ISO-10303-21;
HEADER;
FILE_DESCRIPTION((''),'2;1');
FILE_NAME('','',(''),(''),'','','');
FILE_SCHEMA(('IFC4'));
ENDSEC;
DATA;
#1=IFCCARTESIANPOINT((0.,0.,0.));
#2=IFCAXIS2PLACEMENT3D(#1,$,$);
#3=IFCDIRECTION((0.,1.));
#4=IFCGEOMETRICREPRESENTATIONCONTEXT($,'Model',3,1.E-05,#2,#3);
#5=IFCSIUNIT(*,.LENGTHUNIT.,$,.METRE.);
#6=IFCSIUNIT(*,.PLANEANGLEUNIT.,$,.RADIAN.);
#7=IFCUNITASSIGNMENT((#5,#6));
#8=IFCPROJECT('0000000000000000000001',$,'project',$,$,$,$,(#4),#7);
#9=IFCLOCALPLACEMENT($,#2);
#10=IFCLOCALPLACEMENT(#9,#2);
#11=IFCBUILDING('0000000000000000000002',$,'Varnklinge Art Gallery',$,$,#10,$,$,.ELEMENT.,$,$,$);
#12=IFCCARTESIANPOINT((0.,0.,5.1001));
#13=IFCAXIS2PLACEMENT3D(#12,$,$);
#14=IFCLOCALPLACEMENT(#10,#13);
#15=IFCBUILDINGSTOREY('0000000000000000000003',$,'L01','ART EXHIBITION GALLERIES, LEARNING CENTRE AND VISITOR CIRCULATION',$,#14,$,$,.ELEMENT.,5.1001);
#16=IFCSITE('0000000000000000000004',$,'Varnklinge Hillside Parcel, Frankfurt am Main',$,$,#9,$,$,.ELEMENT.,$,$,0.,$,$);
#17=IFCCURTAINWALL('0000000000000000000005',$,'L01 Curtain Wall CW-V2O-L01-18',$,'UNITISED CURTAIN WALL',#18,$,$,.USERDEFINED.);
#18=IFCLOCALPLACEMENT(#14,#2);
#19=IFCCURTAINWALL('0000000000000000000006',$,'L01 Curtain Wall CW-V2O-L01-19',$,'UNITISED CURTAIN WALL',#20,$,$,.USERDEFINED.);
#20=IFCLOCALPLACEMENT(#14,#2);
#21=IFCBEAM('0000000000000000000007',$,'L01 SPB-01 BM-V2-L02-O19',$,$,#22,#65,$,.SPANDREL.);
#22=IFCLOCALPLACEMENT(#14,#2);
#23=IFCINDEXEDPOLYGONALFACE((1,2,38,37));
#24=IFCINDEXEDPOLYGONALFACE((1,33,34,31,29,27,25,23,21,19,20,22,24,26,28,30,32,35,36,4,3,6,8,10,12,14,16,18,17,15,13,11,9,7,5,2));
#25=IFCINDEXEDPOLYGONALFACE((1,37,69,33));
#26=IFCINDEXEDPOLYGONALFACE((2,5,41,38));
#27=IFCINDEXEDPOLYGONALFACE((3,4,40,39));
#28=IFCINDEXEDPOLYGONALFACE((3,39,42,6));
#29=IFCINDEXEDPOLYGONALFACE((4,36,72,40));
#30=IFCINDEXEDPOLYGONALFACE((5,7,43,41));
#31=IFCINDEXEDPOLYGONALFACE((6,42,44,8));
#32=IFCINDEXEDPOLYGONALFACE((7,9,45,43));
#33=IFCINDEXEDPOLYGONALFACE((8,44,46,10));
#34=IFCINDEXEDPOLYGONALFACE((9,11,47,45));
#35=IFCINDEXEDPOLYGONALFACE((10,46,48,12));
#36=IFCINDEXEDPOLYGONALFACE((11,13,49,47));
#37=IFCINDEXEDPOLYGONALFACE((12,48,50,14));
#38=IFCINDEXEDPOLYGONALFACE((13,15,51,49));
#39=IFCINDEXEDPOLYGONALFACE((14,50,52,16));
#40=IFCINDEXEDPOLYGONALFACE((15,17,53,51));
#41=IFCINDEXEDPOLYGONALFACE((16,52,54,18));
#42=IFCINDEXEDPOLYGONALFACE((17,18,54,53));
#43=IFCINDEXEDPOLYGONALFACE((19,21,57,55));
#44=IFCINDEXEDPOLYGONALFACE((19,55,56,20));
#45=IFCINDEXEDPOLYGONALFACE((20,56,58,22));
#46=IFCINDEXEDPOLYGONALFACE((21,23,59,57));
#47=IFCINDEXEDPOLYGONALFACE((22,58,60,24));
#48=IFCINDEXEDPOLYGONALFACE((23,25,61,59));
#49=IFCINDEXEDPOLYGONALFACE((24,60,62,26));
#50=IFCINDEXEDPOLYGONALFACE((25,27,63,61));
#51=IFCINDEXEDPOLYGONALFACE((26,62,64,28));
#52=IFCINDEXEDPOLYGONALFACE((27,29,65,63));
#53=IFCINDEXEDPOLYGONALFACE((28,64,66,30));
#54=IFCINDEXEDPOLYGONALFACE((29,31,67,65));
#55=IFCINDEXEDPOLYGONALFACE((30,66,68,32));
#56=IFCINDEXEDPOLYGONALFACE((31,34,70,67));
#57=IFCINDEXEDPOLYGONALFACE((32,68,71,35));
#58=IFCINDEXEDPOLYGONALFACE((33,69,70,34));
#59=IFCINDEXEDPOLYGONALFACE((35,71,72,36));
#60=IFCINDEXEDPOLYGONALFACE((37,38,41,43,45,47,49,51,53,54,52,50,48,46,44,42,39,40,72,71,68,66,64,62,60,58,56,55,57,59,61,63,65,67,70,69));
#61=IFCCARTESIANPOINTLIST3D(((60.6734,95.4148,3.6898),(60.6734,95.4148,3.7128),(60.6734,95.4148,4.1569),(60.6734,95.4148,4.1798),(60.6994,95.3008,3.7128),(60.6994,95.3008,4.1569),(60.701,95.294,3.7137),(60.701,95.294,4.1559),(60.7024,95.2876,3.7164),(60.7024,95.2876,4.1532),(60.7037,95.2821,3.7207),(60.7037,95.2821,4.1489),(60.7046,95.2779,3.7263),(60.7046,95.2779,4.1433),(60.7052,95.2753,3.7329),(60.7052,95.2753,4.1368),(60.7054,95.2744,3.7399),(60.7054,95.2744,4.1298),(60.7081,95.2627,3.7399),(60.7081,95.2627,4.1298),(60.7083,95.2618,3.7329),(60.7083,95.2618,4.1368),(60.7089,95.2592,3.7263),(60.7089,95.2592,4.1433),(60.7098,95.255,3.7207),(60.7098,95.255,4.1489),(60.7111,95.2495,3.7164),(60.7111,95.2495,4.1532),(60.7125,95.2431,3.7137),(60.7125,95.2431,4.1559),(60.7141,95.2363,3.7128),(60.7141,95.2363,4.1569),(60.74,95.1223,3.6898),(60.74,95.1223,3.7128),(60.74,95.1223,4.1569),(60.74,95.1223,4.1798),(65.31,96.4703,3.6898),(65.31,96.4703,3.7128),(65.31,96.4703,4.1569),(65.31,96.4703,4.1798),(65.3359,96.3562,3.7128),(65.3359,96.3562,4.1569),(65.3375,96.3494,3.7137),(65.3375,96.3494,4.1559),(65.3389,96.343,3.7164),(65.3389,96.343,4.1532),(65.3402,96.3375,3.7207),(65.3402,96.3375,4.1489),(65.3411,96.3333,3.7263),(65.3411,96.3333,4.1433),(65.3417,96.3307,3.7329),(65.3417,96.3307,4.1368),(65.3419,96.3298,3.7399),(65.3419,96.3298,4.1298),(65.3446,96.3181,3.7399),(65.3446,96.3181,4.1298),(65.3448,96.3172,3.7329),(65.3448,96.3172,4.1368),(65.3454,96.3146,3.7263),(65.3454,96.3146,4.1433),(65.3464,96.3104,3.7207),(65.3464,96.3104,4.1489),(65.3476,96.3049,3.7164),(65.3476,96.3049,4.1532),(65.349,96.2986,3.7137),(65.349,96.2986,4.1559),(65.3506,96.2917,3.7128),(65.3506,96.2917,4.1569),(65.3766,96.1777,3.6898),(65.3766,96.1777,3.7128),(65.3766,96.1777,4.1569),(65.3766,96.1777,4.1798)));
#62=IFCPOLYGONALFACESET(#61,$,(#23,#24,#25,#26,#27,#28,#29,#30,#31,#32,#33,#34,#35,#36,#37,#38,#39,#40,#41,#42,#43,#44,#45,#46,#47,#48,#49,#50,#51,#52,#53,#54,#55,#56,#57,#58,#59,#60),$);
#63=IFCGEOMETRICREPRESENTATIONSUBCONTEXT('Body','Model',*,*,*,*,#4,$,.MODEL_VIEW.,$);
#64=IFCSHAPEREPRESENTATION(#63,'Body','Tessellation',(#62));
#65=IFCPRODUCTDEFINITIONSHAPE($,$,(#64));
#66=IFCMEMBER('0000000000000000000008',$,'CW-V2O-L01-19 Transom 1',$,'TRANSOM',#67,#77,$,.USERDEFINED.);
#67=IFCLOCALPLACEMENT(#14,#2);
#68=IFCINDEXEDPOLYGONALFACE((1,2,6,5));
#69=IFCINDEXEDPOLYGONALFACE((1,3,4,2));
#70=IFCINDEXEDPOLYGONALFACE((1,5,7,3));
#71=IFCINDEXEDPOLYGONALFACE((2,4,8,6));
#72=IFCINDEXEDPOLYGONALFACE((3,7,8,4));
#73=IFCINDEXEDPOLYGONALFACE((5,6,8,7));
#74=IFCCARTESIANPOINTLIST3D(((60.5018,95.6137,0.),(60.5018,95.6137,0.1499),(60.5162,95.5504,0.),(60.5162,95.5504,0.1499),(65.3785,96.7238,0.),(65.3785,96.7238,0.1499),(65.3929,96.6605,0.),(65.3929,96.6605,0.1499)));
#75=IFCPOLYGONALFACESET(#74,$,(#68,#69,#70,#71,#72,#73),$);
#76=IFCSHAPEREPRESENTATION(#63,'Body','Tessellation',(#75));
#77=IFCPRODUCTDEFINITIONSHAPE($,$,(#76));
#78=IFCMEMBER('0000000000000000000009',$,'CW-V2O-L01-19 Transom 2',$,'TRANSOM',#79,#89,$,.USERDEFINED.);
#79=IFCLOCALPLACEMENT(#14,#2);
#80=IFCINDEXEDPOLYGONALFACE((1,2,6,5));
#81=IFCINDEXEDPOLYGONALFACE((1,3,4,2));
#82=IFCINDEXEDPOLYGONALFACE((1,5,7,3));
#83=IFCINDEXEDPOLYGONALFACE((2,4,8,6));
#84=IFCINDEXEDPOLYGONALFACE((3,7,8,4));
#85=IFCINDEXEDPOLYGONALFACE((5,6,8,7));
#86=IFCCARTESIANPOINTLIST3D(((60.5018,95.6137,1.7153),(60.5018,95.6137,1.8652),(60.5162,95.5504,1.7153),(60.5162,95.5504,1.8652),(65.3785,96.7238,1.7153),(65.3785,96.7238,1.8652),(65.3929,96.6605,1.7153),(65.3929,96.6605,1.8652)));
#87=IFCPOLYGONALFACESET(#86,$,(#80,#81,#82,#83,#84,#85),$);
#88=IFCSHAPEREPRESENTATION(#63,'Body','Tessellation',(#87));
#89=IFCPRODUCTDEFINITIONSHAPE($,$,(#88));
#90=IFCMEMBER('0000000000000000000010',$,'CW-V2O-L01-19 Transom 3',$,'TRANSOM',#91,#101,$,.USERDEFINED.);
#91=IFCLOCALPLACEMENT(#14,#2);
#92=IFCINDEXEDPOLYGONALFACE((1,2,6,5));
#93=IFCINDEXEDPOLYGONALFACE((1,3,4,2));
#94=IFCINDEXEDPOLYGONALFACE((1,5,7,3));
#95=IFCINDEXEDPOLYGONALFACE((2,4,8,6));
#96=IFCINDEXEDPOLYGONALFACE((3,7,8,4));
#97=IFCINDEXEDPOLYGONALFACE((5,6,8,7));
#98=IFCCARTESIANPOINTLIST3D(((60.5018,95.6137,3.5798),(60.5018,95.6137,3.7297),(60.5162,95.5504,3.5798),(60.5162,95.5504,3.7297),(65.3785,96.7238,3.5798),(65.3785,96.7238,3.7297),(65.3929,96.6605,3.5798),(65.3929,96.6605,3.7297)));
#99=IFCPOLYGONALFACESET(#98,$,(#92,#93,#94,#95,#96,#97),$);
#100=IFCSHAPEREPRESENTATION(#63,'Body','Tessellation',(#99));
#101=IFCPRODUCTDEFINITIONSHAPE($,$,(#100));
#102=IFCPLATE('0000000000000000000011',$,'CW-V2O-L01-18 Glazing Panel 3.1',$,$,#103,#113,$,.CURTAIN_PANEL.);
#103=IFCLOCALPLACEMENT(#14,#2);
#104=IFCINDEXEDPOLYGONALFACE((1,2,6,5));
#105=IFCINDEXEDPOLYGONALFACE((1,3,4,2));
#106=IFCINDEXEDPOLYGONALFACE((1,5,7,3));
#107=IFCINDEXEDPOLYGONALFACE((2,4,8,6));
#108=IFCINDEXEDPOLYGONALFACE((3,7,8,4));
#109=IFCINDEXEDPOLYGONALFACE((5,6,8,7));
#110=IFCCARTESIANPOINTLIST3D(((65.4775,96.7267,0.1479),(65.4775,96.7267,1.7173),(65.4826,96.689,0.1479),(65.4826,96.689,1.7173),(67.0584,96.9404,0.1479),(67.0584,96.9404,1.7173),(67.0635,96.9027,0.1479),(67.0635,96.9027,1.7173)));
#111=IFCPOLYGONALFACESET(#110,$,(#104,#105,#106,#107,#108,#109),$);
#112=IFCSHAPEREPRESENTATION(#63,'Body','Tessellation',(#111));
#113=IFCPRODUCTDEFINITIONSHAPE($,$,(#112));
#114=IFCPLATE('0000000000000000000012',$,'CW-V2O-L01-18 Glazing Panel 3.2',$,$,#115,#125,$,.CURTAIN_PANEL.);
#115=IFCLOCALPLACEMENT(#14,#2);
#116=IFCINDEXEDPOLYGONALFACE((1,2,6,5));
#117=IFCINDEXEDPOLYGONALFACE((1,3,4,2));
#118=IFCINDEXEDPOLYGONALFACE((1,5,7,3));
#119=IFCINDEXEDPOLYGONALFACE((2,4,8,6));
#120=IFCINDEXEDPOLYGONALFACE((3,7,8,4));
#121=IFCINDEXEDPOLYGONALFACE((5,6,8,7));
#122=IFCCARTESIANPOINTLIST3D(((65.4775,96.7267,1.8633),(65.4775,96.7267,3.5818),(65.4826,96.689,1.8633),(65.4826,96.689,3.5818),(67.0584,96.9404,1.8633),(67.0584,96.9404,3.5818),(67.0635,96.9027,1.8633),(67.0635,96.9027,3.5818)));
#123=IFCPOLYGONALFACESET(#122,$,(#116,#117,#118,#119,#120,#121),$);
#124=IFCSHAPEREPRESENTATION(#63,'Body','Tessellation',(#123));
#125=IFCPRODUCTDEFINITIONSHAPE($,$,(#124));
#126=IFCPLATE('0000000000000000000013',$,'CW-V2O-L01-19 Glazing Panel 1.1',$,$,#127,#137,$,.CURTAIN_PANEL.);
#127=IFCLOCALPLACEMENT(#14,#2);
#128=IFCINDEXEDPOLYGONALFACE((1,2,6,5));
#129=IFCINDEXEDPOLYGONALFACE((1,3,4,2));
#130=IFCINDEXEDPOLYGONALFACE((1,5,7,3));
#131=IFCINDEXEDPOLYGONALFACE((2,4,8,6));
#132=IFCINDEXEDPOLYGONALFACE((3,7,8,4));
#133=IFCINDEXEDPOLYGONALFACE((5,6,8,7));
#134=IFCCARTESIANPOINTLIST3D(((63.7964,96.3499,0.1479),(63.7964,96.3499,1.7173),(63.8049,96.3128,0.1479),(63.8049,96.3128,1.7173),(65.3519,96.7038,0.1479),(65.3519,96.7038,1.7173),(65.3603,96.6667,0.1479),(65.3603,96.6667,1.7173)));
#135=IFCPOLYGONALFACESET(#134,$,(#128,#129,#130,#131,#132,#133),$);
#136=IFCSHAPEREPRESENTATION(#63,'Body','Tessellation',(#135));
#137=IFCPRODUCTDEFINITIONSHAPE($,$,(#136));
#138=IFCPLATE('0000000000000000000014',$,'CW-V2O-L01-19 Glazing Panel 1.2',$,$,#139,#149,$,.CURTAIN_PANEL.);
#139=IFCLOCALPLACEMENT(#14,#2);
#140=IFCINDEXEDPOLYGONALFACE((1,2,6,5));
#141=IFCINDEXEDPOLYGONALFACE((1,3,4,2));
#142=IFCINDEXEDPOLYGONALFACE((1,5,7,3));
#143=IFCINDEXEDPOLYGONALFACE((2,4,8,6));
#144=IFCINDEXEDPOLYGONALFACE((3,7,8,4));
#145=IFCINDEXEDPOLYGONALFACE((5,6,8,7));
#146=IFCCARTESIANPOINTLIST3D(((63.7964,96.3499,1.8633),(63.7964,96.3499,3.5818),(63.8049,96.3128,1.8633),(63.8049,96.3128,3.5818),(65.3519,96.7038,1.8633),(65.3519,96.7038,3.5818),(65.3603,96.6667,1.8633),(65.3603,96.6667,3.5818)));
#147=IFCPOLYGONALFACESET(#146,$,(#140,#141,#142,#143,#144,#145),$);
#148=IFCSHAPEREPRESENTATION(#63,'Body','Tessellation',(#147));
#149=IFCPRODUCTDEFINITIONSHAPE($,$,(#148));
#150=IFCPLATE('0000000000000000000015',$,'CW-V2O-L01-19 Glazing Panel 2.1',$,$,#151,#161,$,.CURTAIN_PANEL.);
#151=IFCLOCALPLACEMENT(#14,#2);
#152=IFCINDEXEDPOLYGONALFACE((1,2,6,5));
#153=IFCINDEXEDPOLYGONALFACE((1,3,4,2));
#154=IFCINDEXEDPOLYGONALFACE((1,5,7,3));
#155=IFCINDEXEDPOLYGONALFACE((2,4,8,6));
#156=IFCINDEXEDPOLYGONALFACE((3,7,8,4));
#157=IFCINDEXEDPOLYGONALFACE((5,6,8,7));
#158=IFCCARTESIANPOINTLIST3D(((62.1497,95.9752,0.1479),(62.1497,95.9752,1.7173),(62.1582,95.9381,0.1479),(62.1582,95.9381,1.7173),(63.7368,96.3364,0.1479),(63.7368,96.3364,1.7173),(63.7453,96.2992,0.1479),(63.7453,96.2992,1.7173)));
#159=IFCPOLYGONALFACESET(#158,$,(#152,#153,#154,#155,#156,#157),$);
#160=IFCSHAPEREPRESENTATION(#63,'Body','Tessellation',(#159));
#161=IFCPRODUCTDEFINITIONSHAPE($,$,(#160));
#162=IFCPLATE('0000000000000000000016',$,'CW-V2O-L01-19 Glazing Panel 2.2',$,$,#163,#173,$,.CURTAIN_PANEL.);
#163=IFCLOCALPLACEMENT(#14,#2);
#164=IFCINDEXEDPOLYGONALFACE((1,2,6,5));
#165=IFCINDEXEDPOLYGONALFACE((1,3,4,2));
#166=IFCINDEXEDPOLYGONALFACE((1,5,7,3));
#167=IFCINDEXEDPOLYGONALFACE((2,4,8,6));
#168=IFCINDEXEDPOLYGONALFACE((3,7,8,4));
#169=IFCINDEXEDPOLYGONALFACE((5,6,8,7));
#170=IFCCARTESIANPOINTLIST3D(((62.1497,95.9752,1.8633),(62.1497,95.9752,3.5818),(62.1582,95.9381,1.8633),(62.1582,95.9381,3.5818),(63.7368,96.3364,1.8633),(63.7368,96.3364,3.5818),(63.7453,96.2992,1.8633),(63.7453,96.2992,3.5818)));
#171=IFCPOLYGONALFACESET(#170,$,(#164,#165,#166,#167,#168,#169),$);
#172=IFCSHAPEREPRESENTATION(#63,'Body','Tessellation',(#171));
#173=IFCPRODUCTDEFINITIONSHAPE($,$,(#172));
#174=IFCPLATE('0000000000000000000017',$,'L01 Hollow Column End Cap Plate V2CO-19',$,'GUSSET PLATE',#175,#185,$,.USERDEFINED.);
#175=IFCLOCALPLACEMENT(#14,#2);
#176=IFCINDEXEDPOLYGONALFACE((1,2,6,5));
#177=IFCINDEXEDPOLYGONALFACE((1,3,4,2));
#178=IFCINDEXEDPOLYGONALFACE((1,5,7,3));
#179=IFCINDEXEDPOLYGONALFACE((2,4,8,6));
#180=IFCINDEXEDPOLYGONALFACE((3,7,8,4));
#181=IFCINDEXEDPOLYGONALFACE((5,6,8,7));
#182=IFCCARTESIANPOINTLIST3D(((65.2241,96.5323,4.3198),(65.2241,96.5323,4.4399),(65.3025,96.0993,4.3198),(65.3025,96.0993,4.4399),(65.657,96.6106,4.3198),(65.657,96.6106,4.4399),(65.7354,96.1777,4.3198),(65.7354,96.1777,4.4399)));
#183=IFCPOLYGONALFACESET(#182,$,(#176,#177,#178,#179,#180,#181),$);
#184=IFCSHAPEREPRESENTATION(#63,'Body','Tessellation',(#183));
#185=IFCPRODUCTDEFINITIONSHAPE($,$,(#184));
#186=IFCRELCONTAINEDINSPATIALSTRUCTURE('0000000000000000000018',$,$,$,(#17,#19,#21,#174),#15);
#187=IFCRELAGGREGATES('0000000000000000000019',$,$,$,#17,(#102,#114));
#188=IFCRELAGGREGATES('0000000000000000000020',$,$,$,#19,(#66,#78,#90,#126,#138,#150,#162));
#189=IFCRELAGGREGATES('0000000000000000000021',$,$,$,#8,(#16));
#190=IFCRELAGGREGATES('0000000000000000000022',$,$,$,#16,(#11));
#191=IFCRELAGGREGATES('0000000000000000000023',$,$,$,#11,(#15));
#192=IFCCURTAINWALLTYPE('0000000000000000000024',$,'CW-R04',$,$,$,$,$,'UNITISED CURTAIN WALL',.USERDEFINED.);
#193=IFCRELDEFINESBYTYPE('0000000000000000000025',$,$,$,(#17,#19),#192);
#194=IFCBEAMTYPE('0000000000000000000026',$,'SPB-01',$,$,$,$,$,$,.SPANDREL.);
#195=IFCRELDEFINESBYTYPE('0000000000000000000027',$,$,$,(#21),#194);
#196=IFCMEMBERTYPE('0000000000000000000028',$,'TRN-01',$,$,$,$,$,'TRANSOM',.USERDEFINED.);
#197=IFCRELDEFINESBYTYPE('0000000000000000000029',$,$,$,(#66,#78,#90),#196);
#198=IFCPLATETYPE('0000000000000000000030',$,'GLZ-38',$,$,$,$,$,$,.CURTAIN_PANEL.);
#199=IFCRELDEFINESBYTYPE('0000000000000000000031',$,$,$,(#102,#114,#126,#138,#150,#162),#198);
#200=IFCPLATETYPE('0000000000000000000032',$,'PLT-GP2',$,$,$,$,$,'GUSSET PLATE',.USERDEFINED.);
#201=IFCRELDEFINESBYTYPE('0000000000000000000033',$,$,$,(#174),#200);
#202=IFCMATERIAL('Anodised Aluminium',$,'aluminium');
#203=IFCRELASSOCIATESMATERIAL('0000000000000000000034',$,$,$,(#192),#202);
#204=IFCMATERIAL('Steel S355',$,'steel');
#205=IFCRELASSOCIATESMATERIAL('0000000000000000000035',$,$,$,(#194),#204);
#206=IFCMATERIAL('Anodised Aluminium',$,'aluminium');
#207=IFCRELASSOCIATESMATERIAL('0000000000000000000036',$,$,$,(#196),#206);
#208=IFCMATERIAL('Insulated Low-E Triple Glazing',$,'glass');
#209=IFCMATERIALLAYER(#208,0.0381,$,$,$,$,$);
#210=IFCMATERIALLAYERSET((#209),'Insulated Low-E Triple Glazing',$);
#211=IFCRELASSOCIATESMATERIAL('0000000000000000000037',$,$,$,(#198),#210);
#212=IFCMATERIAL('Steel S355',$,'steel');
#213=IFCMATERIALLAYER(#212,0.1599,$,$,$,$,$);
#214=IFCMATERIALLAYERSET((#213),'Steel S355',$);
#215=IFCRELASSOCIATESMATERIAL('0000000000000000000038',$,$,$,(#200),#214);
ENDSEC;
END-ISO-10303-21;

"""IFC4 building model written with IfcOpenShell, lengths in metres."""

from ifc_helpers import new_model, si_unit, direction, frame, origin, origin_2d, place, context, subcontext, project, spatial, rectangle, i_section, extrude, material, layer, layer_set, material_profile, profile_set, type_object, element, aggregate, save


model = new_model("IFC4")

# Units and contexts
model_context = context("Model", 3, precision=1e-05, world=origin(), true_north=direction((0.0, 1.0)))
body_context = subcontext(model_context, "Body", "Model", "MODEL_VIEW")
ifc_project = project(units=[si_unit("LENGTHUNIT", "METRE"), si_unit("PLANEANGLEUNIT", "RADIAN")], contexts=[model_context])

# Site, building, storey
site_placement = place(None, origin())
site = spatial("IfcSite", under=ifc_project, at=site_placement, Name="Varnklinge Hillside Parcel, Frankfurt am Main", CompositionType="ELEMENT", RefElevation=0.0)
building_placement = place(site_placement, origin())
building = spatial("IfcBuilding", under=site, at=building_placement, Name="Varnklinge Art Gallery", CompositionType="ELEMENT")
storey_placement = place(building_placement, frame((0.0, 0.0, 5.1001)))
storey = spatial("IfcBuildingStorey", under=building, at=storey_placement, Name="L01", Description="ART EXHIBITION GALLERIES, LEARNING CENTRE AND VISITOR CIRCULATION", CompositionType="ELEMENT", Elevation=5.1001)

# Curtain wall
ifc_material_1 = material(Name="Anodised Aluminium", Category="aluminium")
curtain_wall_type = type_object("IfcCurtainWallType", Name="CW-R04", ElementType="UNITISED CURTAIN WALL", PredefinedType="USERDEFINED", material=ifc_material_1)
curtain_wall_1_placement = place(storey_placement, origin())
curtain_wall_1 = element("IfcCurtainWall", 1, at=curtain_wall_1_placement, inside=storey, type_object=curtain_wall_type, Name="L01 Curtain Wall CW-V2O-L01-18", ObjectType="UNITISED CURTAIN WALL", PredefinedType="USERDEFINED")

# Curtain wall
curtain_wall_2_placement = place(storey_placement, origin())
curtain_wall_2 = element("IfcCurtainWall", 2, at=curtain_wall_2_placement, inside=storey, type_object=curtain_wall_type, Name="L01 Curtain Wall CW-V2O-L01-19", ObjectType="UNITISED CURTAIN WALL", PredefinedType="USERDEFINED")

# Beam
ifc_material_2 = material(Name="Steel S355", Category="steel")
ifc_material_profile_1 = material_profile(ifc_material_2, i_section(OverallWidth=0.3, OverallDepth=0.49, WebThickness=0.012, FlangeThickness=0.0229, FilletRadius=0.0271, at=origin_2d()), Name="HEA 500")
ifc_profile_set_1 = profile_set([ifc_material_profile_1], Name="Steel S355")
beam_type_1 = type_object("IfcBeamType", Name="SPB-01", PredefinedType="SPANDREL", material=ifc_profile_set_1)
beam_1_placement = place(storey_placement, frame((65.3433, 96.324, 3.9348), z_axis=(-0.975057, -0.221956, 0.0), x_axis=(0.221956, -0.975057, 0.0)))
element("IfcBeam", 3, at=beam_1_placement, inside=storey, type_object=beam_type_1, Name="L01 SPB-01 BM-V2-L02-O19", PredefinedType="SPANDREL", context=body_context, shape_type="SweptSolid", body=[
    extrude(i_section(OverallWidth=0.3, OverallDepth=0.49, WebThickness=0.012, FlangeThickness=0.0229, FilletRadius=0.0271, at=origin_2d()), origin(), (0.0, 0.0, 1.0), 4.7551),
])

# Members
ifc_material_3 = material(Name="Anodised Aluminium", Category="aluminium")
ifc_material_profile_2 = material_profile(ifc_material_3, rectangle(XDim=0.0649, YDim=0.1499, at=origin_2d()), Name="ALU 65x150")
ifc_profile_set_2 = profile_set([ifc_material_profile_2], Name="Anodised Aluminium")
member_type_1 = type_object("IfcMemberType", Name="TRN-01", ElementType="TRANSOM", PredefinedType="USERDEFINED", material=ifc_profile_set_2)
member_1_placement = place(storey_placement, frame((65.3857, 96.6921, 0.075), z_axis=(-0.975057, -0.221957, 0.0), x_axis=(0.221957, -0.975057, 0.0)))
member_1 = element("IfcMember", 4, at=member_1_placement, type_object=member_type_1, Name="CW-V2O-L01-19 Transom 1", ObjectType="TRANSOM", PredefinedType="USERDEFINED", context=body_context, shape_type="SweptSolid", body=[
    extrude(rectangle(XDim=0.0649, YDim=0.1499, at=origin_2d()), origin(), (0.0, 0.0, 1.0), 5.0015),
])
member_2_placement = place(storey_placement, frame((65.3857, 96.6921, 1.7903), z_axis=(-0.975057, -0.221957, 0.0), x_axis=(0.221957, -0.975057, 0.0)))
member_2 = element("IfcMember", 5, at=member_2_placement, type_object=member_type_1, Name="CW-V2O-L01-19 Transom 2", ObjectType="TRANSOM", PredefinedType="USERDEFINED", context=body_context, shape_type="SweptSolid", body=[
    extrude(rectangle(XDim=0.0649, YDim=0.1499, at=origin_2d()), origin(), (0.0, 0.0, 1.0), 5.0015),
])
member_3_placement = place(storey_placement, frame((65.3857, 96.6921, 3.6548), z_axis=(-0.975057, -0.221957, 0.0), x_axis=(0.221957, -0.975057, 0.0)))
member_3 = element("IfcMember", 6, at=member_3_placement, type_object=member_type_1, Name="CW-V2O-L01-19 Transom 3", ObjectType="TRANSOM", PredefinedType="USERDEFINED", context=body_context, shape_type="SweptSolid", body=[
    extrude(rectangle(XDim=0.0649, YDim=0.1499, at=origin_2d()), origin(), (0.0, 0.0, 1.0), 5.0015),
])

# Plates
ifc_material_4 = material(Name="Insulated Low-E Triple Glazing", Category="glass")
ifc_layer_1 = layer(ifc_material_4, 0.0381)
ifc_layer_set_1 = layer_set([ifc_layer_1], Name="Insulated Low-E Triple Glazing")
plate_type_1 = type_object("IfcPlateType", Name="GLZ-38", PredefinedType="CURTAIN_PANEL", material=ifc_layer_set_1)
plate_1_placement = place(storey_placement, frame((66.2705, 96.8147, 0.1479), z_axis=(0.0, 0.0, 1.0), x_axis=(-0.990983, -0.133986, 0.0)))
plate_1 = element("IfcPlate", 7, at=plate_1_placement, type_object=plate_type_1, Name="CW-V2O-L01-18 Glazing Panel 3.1", PredefinedType="CURTAIN_PANEL", context=body_context, shape_type="SweptSolid", body=[
    extrude(rectangle(XDim=1.5952, YDim=0.0381, at=origin_2d()), origin(), (0.0, 0.0, 1.0), 1.5693),
])
plate_2_placement = place(storey_placement, frame((66.2705, 96.8147, 1.8633), z_axis=(0.0, 0.0, 1.0), x_axis=(-0.990983, -0.133986, 0.0)))
plate_2 = element("IfcPlate", 8, at=plate_2_placement, type_object=plate_type_1, Name="CW-V2O-L01-18 Glazing Panel 3.2", PredefinedType="CURTAIN_PANEL", context=body_context, shape_type="SweptSolid", body=[
    extrude(rectangle(XDim=1.5952, YDim=0.0381, at=origin_2d()), origin(), (0.0, 0.0, 1.0), 1.7185),
])
aggregate(curtain_wall_1, [plate_1, plate_2])
plate_3_placement = place(storey_placement, frame((64.5784, 96.5083, 0.1479), z_axis=(0.0, 0.0, 1.0), x_axis=(-0.975072, -0.221889, 0.0)))
plate_3 = element("IfcPlate", 9, at=plate_3_placement, type_object=plate_type_1, Name="CW-V2O-L01-19 Glazing Panel 1.1", PredefinedType="CURTAIN_PANEL", context=body_context, shape_type="SweptSolid", body=[
    extrude(rectangle(XDim=1.5952, YDim=0.0381, at=origin_2d()), origin(), (0.0, 0.0, 1.0), 1.5693),
])
plate_4_placement = place(storey_placement, frame((64.5784, 96.5083, 1.8633), z_axis=(0.0, 0.0, 1.0), x_axis=(-0.975072, -0.221889, 0.0)))
plate_4 = element("IfcPlate", 10, at=plate_4_placement, type_object=plate_type_1, Name="CW-V2O-L01-19 Glazing Panel 1.2", PredefinedType="CURTAIN_PANEL", context=body_context, shape_type="SweptSolid", body=[
    extrude(rectangle(XDim=1.5952, YDim=0.0381, at=origin_2d()), origin(), (0.0, 0.0, 1.0), 1.7185),
])
plate_5_placement = place(storey_placement, frame((62.9475, 96.1372, 0.1479), z_axis=(0.0, 0.0, 1.0), x_axis=(-0.975072, -0.221889, 0.0)))
plate_5 = element("IfcPlate", 11, at=plate_5_placement, type_object=plate_type_1, Name="CW-V2O-L01-19 Glazing Panel 2.1", PredefinedType="CURTAIN_PANEL", context=body_context, shape_type="SweptSolid", body=[
    extrude(rectangle(XDim=1.6277, YDim=0.0381, at=origin_2d()), origin(), (0.0, 0.0, 1.0), 1.5693),
])
plate_6_placement = place(storey_placement, frame((62.9475, 96.1372, 1.8633), z_axis=(0.0, 0.0, 1.0), x_axis=(-0.975072, -0.221889, 0.0)))
plate_6 = element("IfcPlate", 12, at=plate_6_placement, type_object=plate_type_1, Name="CW-V2O-L01-19 Glazing Panel 2.2", PredefinedType="CURTAIN_PANEL", context=body_context, shape_type="SweptSolid", body=[
    extrude(rectangle(XDim=1.6277, YDim=0.0381, at=origin_2d()), origin(), (0.0, 0.0, 1.0), 1.7185),
])
aggregate(curtain_wall_2, [member_1, member_2, member_3, plate_3, plate_4, plate_5, plate_6])
ifc_material_5 = material(Name="Steel S355", Category="steel")
ifc_layer_2 = layer(ifc_material_5, 0.1599)
ifc_layer_set_2 = layer_set([ifc_layer_2], Name="Steel S355")
plate_type_2 = type_object("IfcPlateType", Name="PLT-GP2", ElementType="GUSSET PLATE", PredefinedType="USERDEFINED", material=ifc_layer_set_2)
plate_7_placement = place(storey_placement, frame((65.4797, 96.355, 4.3198), z_axis=(0.0, 0.0, 1.0), x_axis=(0.178115, -0.98401, 0.0)))
element("IfcPlate", 13, at=plate_7_placement, inside=storey, type_object=plate_type_2, Name="L01 Hollow Column End Cap Plate V2CO-19", ObjectType="GUSSET PLATE", PredefinedType="USERDEFINED", context=body_context, shape_type="SweptSolid", body=[
    extrude(rectangle(XDim=0.4399, YDim=0.4399, at=origin_2d()), origin(), (0.0, 0.0, 1.0), 0.1201),
])

save(model, "model.ifc")
